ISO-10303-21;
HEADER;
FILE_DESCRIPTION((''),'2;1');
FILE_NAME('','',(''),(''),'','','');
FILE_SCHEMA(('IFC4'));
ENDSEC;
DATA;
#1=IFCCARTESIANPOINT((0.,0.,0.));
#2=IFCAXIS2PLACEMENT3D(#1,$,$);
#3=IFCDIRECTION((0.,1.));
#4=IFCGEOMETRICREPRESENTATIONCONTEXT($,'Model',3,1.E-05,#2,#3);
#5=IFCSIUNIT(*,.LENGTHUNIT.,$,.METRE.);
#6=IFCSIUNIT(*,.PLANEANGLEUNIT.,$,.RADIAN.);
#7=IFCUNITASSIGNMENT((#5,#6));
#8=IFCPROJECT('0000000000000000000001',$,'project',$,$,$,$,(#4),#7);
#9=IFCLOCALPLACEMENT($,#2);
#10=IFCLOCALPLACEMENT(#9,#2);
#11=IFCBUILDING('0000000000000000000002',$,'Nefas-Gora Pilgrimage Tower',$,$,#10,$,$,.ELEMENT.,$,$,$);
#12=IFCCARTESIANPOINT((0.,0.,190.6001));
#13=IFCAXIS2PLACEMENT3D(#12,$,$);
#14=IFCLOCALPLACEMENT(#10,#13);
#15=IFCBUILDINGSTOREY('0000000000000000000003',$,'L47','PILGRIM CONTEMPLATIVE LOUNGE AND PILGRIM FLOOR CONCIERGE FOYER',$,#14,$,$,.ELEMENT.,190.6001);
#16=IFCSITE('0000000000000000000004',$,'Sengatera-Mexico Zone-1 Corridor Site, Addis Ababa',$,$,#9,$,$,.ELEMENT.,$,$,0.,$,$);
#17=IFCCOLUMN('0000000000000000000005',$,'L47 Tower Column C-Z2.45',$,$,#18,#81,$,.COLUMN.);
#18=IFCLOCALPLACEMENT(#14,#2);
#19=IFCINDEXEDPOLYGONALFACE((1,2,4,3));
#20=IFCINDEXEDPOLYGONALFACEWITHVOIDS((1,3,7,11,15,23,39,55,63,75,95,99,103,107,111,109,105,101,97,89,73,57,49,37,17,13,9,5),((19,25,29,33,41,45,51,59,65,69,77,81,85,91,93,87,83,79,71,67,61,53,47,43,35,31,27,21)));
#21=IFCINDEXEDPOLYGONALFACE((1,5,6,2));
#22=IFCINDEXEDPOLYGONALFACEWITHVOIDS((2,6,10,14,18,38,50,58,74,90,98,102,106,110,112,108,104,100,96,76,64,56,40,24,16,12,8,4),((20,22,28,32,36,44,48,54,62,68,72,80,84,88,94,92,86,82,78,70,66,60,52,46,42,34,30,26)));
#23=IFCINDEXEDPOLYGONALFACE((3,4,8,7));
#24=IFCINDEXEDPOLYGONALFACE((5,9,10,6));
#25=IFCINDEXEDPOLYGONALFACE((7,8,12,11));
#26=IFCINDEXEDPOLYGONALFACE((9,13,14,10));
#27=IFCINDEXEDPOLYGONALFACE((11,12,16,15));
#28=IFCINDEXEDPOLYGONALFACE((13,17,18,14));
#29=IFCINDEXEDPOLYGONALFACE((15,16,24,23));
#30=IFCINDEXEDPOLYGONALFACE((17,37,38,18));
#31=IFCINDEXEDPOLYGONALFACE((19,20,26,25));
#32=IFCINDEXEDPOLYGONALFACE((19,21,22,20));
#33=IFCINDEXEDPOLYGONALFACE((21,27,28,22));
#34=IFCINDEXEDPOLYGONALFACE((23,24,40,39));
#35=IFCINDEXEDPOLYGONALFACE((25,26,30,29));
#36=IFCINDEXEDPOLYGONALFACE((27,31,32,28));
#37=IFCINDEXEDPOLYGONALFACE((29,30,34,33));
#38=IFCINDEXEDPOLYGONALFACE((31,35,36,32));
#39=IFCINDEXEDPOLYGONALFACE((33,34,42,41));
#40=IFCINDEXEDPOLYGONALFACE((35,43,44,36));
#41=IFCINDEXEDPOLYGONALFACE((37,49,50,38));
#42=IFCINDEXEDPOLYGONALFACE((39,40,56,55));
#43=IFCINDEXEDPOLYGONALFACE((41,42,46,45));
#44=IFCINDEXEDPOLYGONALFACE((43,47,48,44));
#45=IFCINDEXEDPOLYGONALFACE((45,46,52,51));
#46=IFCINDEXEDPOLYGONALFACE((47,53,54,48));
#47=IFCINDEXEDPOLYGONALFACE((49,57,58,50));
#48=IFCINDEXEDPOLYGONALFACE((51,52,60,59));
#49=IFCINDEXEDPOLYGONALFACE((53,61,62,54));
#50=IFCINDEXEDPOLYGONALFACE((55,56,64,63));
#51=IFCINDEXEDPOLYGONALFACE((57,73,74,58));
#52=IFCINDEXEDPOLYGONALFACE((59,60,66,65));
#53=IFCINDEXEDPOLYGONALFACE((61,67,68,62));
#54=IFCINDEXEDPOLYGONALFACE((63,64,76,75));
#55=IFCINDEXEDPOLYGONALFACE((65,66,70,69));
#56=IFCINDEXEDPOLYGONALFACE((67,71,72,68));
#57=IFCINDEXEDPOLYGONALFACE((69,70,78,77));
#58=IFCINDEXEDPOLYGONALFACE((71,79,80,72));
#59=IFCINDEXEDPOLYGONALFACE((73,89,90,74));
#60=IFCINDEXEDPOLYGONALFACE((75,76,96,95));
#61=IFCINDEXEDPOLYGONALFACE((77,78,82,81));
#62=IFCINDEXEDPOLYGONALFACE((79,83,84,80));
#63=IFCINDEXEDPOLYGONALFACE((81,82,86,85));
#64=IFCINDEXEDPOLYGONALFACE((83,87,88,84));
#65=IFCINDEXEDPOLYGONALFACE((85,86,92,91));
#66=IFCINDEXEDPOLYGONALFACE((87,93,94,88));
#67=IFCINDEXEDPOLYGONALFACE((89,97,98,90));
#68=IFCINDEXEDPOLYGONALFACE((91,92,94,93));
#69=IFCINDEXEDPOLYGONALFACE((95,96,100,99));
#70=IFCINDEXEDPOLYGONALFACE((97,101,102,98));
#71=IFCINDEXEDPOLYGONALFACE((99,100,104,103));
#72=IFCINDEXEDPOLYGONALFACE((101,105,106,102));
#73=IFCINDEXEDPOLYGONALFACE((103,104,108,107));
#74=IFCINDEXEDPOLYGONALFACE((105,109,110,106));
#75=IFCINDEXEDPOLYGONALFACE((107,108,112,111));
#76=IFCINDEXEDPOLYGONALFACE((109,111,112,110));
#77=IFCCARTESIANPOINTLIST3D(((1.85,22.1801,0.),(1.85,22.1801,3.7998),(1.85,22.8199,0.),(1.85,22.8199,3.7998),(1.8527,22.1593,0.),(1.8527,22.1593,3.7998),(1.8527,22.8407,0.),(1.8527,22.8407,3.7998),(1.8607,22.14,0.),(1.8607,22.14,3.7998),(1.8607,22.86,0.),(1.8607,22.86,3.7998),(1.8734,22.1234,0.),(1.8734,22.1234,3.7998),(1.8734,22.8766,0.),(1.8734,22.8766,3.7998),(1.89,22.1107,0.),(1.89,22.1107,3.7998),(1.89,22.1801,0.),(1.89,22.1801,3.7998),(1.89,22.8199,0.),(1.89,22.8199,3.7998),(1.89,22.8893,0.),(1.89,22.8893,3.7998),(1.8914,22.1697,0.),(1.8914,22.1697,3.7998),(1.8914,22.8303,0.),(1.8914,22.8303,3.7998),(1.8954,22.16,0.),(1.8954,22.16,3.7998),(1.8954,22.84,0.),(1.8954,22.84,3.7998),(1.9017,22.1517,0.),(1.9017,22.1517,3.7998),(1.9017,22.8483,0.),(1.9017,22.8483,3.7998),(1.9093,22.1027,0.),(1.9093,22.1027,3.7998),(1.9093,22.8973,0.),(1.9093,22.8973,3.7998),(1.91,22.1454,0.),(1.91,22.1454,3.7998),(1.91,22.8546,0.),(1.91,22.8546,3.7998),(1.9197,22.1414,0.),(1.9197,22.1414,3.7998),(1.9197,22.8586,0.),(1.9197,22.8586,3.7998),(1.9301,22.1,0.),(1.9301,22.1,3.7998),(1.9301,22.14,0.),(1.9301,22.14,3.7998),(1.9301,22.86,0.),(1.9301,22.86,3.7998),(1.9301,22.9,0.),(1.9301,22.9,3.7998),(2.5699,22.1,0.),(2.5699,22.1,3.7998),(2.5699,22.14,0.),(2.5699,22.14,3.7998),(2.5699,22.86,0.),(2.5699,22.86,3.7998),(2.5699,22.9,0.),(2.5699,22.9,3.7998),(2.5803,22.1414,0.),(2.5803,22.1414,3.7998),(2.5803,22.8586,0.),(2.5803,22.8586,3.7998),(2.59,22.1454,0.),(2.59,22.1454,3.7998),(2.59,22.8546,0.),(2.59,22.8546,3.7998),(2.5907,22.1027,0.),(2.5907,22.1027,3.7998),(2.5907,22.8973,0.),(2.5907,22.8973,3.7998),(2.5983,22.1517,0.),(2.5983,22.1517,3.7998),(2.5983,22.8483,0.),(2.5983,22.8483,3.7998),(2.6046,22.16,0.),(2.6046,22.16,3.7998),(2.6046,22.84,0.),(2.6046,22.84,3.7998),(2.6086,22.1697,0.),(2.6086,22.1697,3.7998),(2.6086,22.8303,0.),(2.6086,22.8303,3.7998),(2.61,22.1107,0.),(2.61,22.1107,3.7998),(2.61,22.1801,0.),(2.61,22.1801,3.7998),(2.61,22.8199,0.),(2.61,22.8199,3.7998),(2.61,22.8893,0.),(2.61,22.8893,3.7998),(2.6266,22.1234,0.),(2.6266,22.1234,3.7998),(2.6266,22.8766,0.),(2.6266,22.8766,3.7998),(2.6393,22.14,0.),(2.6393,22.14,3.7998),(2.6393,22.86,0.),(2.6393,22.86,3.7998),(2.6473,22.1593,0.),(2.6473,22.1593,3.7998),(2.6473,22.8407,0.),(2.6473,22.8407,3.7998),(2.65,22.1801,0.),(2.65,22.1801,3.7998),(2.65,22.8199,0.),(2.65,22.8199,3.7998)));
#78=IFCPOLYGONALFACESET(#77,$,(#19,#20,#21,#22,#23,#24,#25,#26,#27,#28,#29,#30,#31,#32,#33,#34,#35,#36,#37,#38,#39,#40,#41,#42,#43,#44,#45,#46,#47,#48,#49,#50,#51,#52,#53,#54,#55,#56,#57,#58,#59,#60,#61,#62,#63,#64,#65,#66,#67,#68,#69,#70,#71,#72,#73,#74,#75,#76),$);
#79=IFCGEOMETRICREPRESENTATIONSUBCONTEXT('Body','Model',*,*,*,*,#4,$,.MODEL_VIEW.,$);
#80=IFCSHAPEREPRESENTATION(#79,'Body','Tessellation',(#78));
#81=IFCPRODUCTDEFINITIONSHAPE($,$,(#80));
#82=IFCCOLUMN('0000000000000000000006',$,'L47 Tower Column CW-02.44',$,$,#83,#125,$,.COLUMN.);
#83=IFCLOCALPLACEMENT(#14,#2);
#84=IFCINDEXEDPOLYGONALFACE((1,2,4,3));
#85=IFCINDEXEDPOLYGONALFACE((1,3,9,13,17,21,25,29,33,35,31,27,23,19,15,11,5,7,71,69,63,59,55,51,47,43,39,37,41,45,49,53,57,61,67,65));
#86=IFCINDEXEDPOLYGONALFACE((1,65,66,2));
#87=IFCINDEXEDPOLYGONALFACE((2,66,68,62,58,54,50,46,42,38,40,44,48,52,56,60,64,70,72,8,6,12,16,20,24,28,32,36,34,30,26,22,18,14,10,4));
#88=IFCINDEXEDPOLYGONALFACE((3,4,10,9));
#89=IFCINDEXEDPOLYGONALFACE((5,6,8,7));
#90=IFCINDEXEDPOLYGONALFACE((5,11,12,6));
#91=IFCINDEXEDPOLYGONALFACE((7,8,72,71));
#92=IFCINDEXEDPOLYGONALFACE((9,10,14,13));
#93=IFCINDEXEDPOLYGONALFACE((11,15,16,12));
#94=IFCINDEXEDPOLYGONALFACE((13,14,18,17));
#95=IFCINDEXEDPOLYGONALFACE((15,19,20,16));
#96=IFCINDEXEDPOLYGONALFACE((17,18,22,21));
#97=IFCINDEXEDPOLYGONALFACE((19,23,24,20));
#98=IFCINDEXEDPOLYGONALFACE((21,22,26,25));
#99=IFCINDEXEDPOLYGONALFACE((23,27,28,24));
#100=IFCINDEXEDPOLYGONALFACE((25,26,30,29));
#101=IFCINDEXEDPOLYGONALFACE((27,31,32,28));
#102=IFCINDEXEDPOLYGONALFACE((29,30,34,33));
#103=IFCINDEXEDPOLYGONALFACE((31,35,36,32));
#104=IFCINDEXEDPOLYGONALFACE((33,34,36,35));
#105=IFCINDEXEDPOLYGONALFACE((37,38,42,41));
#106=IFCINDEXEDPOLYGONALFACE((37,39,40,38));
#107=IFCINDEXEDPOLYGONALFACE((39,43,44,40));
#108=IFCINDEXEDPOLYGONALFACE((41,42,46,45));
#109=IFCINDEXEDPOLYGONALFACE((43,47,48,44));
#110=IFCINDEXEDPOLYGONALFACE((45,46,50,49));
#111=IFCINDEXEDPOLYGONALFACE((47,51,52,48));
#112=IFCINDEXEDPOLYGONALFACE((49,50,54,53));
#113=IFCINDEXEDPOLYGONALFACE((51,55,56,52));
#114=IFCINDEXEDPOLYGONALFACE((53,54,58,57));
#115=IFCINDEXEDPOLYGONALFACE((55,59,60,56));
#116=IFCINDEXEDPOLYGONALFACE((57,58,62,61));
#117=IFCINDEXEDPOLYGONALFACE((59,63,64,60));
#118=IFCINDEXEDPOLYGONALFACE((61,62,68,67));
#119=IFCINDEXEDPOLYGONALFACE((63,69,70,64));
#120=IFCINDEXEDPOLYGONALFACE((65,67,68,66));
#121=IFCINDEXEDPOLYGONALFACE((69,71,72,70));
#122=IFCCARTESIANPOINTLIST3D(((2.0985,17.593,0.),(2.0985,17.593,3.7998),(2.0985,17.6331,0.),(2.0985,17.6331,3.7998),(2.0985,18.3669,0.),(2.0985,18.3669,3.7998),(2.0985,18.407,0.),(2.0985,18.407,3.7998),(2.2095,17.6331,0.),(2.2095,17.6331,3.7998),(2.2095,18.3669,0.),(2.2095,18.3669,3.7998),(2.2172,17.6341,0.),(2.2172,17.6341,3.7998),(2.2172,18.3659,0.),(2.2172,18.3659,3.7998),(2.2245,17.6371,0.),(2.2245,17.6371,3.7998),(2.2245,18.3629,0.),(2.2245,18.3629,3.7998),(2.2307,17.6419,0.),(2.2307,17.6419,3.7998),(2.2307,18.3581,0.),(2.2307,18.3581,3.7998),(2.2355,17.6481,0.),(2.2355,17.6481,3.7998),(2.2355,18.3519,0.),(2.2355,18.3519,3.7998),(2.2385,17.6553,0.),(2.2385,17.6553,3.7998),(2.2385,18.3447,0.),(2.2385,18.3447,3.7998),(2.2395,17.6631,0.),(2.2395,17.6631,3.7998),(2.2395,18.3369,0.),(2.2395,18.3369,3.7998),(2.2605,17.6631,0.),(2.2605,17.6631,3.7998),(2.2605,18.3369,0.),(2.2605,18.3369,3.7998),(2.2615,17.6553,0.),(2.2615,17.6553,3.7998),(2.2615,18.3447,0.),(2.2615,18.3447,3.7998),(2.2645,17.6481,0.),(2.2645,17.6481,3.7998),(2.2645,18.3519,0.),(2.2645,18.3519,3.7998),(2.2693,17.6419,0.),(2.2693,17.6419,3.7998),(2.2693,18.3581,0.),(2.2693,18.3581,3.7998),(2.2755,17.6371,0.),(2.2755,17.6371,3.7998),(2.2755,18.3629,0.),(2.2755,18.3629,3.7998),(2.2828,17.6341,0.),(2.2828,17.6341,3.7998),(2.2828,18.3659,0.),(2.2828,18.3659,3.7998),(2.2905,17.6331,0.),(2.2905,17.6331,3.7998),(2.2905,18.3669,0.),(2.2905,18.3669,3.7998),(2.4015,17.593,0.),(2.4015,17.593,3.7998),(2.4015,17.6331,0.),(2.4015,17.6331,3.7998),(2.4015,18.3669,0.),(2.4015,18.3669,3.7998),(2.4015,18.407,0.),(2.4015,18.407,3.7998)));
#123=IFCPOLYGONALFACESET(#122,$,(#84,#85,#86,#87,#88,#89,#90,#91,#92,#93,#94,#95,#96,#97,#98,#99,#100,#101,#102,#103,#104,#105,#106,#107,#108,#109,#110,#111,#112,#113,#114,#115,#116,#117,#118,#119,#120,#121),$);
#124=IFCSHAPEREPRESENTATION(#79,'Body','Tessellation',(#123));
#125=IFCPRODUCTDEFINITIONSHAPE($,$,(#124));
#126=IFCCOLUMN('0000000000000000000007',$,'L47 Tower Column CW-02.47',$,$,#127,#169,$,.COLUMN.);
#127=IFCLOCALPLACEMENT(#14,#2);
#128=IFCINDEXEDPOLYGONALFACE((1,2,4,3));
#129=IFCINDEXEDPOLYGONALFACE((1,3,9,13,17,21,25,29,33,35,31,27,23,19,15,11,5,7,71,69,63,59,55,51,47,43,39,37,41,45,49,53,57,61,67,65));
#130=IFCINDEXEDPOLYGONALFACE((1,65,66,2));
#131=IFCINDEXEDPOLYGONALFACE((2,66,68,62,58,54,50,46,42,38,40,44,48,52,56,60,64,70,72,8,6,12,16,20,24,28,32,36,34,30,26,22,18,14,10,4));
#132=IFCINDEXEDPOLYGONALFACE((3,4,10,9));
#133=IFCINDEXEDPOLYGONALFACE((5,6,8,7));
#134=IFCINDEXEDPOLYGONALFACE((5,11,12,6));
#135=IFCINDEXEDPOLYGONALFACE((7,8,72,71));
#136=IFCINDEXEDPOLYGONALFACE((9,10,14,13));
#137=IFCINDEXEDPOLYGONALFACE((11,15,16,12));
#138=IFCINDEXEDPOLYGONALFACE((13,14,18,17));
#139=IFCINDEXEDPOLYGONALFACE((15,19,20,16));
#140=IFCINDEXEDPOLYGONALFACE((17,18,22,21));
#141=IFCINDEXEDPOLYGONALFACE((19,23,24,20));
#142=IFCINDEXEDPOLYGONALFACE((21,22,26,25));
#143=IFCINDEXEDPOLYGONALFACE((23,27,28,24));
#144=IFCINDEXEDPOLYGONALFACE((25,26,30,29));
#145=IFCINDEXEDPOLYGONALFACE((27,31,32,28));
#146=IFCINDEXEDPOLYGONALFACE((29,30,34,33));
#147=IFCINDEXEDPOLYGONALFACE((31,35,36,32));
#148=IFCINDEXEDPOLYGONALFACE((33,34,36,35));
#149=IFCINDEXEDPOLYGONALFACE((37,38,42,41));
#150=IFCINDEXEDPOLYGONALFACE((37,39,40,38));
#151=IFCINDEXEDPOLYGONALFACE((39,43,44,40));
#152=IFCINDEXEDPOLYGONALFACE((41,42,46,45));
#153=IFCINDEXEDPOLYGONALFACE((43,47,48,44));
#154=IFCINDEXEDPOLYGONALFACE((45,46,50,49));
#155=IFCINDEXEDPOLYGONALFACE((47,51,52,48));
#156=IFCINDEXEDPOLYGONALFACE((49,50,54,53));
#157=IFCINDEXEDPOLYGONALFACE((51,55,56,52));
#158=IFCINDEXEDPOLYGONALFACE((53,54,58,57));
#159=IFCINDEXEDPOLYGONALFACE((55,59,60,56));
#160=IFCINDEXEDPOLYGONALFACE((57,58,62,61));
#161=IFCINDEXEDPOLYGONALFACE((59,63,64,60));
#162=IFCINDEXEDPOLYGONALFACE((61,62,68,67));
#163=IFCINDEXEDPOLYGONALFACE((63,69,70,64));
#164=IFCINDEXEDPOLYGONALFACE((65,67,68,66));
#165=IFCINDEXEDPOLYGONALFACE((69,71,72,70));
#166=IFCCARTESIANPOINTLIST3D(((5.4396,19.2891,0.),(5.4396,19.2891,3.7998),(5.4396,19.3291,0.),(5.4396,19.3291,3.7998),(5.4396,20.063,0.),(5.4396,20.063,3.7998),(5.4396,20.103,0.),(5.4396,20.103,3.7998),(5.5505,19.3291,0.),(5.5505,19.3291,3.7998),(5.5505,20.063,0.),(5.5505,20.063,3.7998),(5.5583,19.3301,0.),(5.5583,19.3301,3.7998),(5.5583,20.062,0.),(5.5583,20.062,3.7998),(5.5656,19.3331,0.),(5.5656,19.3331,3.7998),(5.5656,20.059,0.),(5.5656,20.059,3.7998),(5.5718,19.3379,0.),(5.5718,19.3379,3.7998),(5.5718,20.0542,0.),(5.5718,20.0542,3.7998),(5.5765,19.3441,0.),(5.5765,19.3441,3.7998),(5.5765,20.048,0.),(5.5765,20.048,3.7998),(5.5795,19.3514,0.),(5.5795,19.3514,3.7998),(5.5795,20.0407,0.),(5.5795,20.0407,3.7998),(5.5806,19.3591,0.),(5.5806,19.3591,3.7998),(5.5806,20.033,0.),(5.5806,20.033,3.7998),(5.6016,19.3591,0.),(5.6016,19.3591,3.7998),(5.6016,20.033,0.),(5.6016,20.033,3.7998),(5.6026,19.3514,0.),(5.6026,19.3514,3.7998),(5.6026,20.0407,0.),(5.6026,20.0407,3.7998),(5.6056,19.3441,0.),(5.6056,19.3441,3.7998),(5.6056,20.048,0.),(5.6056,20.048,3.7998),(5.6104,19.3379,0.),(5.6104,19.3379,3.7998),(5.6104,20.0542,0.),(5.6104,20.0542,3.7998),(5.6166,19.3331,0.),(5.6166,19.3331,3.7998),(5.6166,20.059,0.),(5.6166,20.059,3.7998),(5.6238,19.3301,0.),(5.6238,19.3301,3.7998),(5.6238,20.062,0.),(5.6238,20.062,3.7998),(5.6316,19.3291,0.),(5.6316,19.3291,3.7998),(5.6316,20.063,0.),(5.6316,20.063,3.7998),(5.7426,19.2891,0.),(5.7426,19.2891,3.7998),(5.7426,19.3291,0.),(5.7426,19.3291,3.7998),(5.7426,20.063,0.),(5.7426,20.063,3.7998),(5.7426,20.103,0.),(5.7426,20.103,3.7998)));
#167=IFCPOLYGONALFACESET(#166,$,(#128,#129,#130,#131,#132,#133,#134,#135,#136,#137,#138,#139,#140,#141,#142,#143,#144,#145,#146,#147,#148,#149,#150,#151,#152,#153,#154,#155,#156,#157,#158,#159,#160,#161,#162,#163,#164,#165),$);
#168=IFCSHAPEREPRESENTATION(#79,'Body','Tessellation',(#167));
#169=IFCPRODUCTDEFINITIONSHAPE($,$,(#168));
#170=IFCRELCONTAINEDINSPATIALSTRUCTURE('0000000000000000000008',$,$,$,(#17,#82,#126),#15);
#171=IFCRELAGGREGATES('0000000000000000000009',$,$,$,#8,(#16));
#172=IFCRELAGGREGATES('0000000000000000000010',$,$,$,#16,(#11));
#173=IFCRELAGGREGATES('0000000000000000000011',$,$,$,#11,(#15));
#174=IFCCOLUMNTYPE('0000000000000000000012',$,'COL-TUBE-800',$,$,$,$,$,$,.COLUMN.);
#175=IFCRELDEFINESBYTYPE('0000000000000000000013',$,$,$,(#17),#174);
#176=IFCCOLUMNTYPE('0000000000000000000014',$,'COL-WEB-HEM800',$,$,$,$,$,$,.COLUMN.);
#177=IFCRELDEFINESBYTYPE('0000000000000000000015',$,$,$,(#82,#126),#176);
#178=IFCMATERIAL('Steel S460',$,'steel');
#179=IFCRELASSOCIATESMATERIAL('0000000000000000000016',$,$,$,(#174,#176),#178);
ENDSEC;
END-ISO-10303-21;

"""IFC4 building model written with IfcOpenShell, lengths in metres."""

from ifc_helpers import new_model, si_unit, direction, frame, origin, origin_2d, place, context, subcontext, project, spatial, hollow_rectangle, i_section, extrude, source, transform, mapped, material, material_profile, profile_set, type_object, element, save


model = new_model("IFC4")

# Units and contexts
model_context = context("Model", 3, precision=1e-05, world=origin(), true_north=direction((0.0, 1.0)))
body_context = subcontext(model_context, "Body", "Model", "MODEL_VIEW")
ifc_project = project(units=[si_unit("LENGTHUNIT", "METRE"), si_unit("PLANEANGLEUNIT", "RADIAN")], contexts=[model_context])

# Site, building, storey
site_placement = place(None, origin())
site = spatial("IfcSite", under=ifc_project, at=site_placement, Name="Sengatera-Mexico Zone-1 Corridor Site, Addis Ababa", CompositionType="ELEMENT", RefElevation=0.0)
building_placement = place(site_placement, origin())
building = spatial("IfcBuilding", under=site, at=building_placement, Name="Nefas-Gora Pilgrimage Tower", CompositionType="ELEMENT")
storey_placement = place(building_placement, frame((0.0, 0.0, 190.6001)))
storey = spatial("IfcBuildingStorey", under=building, at=storey_placement, Name="L47", Description="PILGRIM CONTEMPLATIVE LOUNGE AND PILGRIM FLOOR CONCIERGE FOYER", CompositionType="ELEMENT", Elevation=190.6001)

# Columns
ifc_material_1 = material(Name="Steel S460", Category="steel")
ifc_material_profile_1 = material_profile(ifc_material_1, hollow_rectangle(XDim=0.8, YDim=0.8, WallThickness=0.04, InnerFilletRadius=0.04, OuterFilletRadius=0.0801, at=origin_2d()), Name="BOX 800x800x40")
ifc_profile_set_1 = profile_set([ifc_material_profile_1], Name="Steel S460")
column_type_1 = type_object("IfcColumnType", Name="COL-TUBE-800", PredefinedType="COLUMN", material=ifc_profile_set_1)
shared_shape_1 = source(origin(), body_context, "Body", "SweptSolid", [
    extrude(hollow_rectangle(XDim=0.8, YDim=0.8, WallThickness=0.04, InnerFilletRadius=0.04, OuterFilletRadius=0.0801, at=origin_2d()), origin(), (0.0, 0.0, 1.0), 3.7998),
])
column_placement = place(storey_placement, frame((2.25, 22.5, 0.0), z_axis=(0.0, 0.0, 1.0), x_axis=(1.0, 0.0, 0.0)))
element("IfcColumn", 1, at=column_placement, inside=storey, type_object=column_type_1, Name="L47 Tower Column C-Z2.45", PredefinedType="COLUMN", context=body_context, shape_type="MappedRepresentation", body=[
    mapped(shared_shape_1, transform((0.0, 0.0, 0.0), x_axis=(1.0, 0.0, 0.0), y_axis=(0.0, 1.0, 0.0), z_axis=(0.0, 0.0, 1.0), scale=1.0)),
])
ifc_material_profile_2 = material_profile(ifc_material_1, i_section(OverallWidth=0.303, OverallDepth=0.814, WebThickness=0.021, FlangeThickness=0.04, FilletRadius=0.03, at=origin_2d()), Name="HEM 800")
ifc_profile_set_2 = profile_set([ifc_material_profile_2], Name="Steel S460")
column_type_2 = type_object("IfcColumnType", Name="COL-WEB-HEM800", PredefinedType="COLUMN", material=ifc_profile_set_2)
shared_shape_2 = source(origin(), body_context, "Body", "SweptSolid", [
    extrude(i_section(OverallWidth=0.303, OverallDepth=0.814, WebThickness=0.021, FlangeThickness=0.04, FilletRadius=0.03, at=origin_2d()), origin(), (0.0, 0.0, 1.0), 3.7998),
])
for number, where, z_axis, x_axis, name in (
    (2, (2.25, 18.0, 0.0), (0.0, 0.0, 1.0), (1.0, 0.0, 0.0), "L47 Tower Column CW-02.44"),
    (3, (5.5911, 19.696, 0.0), (0.0, 0.0, 1.0), (1.0, 0.0, 0.0), "L47 Tower Column CW-02.47"),
):
    element("IfcColumn", number, at=place(storey_placement, frame(where, z_axis=z_axis, x_axis=x_axis)), inside=storey, type_object=column_type_2, Name=name, PredefinedType="COLUMN", context=body_context, shape_type="MappedRepresentation", body=[
        mapped(shared_shape_2, transform((0.0, 0.0, 0.0), x_axis=(1.0, 0.0, 0.0), y_axis=(0.0, 1.0, 0.0), z_axis=(0.0, 0.0, 1.0), scale=1.0)),
    ])

save(model, "model.ifc")
